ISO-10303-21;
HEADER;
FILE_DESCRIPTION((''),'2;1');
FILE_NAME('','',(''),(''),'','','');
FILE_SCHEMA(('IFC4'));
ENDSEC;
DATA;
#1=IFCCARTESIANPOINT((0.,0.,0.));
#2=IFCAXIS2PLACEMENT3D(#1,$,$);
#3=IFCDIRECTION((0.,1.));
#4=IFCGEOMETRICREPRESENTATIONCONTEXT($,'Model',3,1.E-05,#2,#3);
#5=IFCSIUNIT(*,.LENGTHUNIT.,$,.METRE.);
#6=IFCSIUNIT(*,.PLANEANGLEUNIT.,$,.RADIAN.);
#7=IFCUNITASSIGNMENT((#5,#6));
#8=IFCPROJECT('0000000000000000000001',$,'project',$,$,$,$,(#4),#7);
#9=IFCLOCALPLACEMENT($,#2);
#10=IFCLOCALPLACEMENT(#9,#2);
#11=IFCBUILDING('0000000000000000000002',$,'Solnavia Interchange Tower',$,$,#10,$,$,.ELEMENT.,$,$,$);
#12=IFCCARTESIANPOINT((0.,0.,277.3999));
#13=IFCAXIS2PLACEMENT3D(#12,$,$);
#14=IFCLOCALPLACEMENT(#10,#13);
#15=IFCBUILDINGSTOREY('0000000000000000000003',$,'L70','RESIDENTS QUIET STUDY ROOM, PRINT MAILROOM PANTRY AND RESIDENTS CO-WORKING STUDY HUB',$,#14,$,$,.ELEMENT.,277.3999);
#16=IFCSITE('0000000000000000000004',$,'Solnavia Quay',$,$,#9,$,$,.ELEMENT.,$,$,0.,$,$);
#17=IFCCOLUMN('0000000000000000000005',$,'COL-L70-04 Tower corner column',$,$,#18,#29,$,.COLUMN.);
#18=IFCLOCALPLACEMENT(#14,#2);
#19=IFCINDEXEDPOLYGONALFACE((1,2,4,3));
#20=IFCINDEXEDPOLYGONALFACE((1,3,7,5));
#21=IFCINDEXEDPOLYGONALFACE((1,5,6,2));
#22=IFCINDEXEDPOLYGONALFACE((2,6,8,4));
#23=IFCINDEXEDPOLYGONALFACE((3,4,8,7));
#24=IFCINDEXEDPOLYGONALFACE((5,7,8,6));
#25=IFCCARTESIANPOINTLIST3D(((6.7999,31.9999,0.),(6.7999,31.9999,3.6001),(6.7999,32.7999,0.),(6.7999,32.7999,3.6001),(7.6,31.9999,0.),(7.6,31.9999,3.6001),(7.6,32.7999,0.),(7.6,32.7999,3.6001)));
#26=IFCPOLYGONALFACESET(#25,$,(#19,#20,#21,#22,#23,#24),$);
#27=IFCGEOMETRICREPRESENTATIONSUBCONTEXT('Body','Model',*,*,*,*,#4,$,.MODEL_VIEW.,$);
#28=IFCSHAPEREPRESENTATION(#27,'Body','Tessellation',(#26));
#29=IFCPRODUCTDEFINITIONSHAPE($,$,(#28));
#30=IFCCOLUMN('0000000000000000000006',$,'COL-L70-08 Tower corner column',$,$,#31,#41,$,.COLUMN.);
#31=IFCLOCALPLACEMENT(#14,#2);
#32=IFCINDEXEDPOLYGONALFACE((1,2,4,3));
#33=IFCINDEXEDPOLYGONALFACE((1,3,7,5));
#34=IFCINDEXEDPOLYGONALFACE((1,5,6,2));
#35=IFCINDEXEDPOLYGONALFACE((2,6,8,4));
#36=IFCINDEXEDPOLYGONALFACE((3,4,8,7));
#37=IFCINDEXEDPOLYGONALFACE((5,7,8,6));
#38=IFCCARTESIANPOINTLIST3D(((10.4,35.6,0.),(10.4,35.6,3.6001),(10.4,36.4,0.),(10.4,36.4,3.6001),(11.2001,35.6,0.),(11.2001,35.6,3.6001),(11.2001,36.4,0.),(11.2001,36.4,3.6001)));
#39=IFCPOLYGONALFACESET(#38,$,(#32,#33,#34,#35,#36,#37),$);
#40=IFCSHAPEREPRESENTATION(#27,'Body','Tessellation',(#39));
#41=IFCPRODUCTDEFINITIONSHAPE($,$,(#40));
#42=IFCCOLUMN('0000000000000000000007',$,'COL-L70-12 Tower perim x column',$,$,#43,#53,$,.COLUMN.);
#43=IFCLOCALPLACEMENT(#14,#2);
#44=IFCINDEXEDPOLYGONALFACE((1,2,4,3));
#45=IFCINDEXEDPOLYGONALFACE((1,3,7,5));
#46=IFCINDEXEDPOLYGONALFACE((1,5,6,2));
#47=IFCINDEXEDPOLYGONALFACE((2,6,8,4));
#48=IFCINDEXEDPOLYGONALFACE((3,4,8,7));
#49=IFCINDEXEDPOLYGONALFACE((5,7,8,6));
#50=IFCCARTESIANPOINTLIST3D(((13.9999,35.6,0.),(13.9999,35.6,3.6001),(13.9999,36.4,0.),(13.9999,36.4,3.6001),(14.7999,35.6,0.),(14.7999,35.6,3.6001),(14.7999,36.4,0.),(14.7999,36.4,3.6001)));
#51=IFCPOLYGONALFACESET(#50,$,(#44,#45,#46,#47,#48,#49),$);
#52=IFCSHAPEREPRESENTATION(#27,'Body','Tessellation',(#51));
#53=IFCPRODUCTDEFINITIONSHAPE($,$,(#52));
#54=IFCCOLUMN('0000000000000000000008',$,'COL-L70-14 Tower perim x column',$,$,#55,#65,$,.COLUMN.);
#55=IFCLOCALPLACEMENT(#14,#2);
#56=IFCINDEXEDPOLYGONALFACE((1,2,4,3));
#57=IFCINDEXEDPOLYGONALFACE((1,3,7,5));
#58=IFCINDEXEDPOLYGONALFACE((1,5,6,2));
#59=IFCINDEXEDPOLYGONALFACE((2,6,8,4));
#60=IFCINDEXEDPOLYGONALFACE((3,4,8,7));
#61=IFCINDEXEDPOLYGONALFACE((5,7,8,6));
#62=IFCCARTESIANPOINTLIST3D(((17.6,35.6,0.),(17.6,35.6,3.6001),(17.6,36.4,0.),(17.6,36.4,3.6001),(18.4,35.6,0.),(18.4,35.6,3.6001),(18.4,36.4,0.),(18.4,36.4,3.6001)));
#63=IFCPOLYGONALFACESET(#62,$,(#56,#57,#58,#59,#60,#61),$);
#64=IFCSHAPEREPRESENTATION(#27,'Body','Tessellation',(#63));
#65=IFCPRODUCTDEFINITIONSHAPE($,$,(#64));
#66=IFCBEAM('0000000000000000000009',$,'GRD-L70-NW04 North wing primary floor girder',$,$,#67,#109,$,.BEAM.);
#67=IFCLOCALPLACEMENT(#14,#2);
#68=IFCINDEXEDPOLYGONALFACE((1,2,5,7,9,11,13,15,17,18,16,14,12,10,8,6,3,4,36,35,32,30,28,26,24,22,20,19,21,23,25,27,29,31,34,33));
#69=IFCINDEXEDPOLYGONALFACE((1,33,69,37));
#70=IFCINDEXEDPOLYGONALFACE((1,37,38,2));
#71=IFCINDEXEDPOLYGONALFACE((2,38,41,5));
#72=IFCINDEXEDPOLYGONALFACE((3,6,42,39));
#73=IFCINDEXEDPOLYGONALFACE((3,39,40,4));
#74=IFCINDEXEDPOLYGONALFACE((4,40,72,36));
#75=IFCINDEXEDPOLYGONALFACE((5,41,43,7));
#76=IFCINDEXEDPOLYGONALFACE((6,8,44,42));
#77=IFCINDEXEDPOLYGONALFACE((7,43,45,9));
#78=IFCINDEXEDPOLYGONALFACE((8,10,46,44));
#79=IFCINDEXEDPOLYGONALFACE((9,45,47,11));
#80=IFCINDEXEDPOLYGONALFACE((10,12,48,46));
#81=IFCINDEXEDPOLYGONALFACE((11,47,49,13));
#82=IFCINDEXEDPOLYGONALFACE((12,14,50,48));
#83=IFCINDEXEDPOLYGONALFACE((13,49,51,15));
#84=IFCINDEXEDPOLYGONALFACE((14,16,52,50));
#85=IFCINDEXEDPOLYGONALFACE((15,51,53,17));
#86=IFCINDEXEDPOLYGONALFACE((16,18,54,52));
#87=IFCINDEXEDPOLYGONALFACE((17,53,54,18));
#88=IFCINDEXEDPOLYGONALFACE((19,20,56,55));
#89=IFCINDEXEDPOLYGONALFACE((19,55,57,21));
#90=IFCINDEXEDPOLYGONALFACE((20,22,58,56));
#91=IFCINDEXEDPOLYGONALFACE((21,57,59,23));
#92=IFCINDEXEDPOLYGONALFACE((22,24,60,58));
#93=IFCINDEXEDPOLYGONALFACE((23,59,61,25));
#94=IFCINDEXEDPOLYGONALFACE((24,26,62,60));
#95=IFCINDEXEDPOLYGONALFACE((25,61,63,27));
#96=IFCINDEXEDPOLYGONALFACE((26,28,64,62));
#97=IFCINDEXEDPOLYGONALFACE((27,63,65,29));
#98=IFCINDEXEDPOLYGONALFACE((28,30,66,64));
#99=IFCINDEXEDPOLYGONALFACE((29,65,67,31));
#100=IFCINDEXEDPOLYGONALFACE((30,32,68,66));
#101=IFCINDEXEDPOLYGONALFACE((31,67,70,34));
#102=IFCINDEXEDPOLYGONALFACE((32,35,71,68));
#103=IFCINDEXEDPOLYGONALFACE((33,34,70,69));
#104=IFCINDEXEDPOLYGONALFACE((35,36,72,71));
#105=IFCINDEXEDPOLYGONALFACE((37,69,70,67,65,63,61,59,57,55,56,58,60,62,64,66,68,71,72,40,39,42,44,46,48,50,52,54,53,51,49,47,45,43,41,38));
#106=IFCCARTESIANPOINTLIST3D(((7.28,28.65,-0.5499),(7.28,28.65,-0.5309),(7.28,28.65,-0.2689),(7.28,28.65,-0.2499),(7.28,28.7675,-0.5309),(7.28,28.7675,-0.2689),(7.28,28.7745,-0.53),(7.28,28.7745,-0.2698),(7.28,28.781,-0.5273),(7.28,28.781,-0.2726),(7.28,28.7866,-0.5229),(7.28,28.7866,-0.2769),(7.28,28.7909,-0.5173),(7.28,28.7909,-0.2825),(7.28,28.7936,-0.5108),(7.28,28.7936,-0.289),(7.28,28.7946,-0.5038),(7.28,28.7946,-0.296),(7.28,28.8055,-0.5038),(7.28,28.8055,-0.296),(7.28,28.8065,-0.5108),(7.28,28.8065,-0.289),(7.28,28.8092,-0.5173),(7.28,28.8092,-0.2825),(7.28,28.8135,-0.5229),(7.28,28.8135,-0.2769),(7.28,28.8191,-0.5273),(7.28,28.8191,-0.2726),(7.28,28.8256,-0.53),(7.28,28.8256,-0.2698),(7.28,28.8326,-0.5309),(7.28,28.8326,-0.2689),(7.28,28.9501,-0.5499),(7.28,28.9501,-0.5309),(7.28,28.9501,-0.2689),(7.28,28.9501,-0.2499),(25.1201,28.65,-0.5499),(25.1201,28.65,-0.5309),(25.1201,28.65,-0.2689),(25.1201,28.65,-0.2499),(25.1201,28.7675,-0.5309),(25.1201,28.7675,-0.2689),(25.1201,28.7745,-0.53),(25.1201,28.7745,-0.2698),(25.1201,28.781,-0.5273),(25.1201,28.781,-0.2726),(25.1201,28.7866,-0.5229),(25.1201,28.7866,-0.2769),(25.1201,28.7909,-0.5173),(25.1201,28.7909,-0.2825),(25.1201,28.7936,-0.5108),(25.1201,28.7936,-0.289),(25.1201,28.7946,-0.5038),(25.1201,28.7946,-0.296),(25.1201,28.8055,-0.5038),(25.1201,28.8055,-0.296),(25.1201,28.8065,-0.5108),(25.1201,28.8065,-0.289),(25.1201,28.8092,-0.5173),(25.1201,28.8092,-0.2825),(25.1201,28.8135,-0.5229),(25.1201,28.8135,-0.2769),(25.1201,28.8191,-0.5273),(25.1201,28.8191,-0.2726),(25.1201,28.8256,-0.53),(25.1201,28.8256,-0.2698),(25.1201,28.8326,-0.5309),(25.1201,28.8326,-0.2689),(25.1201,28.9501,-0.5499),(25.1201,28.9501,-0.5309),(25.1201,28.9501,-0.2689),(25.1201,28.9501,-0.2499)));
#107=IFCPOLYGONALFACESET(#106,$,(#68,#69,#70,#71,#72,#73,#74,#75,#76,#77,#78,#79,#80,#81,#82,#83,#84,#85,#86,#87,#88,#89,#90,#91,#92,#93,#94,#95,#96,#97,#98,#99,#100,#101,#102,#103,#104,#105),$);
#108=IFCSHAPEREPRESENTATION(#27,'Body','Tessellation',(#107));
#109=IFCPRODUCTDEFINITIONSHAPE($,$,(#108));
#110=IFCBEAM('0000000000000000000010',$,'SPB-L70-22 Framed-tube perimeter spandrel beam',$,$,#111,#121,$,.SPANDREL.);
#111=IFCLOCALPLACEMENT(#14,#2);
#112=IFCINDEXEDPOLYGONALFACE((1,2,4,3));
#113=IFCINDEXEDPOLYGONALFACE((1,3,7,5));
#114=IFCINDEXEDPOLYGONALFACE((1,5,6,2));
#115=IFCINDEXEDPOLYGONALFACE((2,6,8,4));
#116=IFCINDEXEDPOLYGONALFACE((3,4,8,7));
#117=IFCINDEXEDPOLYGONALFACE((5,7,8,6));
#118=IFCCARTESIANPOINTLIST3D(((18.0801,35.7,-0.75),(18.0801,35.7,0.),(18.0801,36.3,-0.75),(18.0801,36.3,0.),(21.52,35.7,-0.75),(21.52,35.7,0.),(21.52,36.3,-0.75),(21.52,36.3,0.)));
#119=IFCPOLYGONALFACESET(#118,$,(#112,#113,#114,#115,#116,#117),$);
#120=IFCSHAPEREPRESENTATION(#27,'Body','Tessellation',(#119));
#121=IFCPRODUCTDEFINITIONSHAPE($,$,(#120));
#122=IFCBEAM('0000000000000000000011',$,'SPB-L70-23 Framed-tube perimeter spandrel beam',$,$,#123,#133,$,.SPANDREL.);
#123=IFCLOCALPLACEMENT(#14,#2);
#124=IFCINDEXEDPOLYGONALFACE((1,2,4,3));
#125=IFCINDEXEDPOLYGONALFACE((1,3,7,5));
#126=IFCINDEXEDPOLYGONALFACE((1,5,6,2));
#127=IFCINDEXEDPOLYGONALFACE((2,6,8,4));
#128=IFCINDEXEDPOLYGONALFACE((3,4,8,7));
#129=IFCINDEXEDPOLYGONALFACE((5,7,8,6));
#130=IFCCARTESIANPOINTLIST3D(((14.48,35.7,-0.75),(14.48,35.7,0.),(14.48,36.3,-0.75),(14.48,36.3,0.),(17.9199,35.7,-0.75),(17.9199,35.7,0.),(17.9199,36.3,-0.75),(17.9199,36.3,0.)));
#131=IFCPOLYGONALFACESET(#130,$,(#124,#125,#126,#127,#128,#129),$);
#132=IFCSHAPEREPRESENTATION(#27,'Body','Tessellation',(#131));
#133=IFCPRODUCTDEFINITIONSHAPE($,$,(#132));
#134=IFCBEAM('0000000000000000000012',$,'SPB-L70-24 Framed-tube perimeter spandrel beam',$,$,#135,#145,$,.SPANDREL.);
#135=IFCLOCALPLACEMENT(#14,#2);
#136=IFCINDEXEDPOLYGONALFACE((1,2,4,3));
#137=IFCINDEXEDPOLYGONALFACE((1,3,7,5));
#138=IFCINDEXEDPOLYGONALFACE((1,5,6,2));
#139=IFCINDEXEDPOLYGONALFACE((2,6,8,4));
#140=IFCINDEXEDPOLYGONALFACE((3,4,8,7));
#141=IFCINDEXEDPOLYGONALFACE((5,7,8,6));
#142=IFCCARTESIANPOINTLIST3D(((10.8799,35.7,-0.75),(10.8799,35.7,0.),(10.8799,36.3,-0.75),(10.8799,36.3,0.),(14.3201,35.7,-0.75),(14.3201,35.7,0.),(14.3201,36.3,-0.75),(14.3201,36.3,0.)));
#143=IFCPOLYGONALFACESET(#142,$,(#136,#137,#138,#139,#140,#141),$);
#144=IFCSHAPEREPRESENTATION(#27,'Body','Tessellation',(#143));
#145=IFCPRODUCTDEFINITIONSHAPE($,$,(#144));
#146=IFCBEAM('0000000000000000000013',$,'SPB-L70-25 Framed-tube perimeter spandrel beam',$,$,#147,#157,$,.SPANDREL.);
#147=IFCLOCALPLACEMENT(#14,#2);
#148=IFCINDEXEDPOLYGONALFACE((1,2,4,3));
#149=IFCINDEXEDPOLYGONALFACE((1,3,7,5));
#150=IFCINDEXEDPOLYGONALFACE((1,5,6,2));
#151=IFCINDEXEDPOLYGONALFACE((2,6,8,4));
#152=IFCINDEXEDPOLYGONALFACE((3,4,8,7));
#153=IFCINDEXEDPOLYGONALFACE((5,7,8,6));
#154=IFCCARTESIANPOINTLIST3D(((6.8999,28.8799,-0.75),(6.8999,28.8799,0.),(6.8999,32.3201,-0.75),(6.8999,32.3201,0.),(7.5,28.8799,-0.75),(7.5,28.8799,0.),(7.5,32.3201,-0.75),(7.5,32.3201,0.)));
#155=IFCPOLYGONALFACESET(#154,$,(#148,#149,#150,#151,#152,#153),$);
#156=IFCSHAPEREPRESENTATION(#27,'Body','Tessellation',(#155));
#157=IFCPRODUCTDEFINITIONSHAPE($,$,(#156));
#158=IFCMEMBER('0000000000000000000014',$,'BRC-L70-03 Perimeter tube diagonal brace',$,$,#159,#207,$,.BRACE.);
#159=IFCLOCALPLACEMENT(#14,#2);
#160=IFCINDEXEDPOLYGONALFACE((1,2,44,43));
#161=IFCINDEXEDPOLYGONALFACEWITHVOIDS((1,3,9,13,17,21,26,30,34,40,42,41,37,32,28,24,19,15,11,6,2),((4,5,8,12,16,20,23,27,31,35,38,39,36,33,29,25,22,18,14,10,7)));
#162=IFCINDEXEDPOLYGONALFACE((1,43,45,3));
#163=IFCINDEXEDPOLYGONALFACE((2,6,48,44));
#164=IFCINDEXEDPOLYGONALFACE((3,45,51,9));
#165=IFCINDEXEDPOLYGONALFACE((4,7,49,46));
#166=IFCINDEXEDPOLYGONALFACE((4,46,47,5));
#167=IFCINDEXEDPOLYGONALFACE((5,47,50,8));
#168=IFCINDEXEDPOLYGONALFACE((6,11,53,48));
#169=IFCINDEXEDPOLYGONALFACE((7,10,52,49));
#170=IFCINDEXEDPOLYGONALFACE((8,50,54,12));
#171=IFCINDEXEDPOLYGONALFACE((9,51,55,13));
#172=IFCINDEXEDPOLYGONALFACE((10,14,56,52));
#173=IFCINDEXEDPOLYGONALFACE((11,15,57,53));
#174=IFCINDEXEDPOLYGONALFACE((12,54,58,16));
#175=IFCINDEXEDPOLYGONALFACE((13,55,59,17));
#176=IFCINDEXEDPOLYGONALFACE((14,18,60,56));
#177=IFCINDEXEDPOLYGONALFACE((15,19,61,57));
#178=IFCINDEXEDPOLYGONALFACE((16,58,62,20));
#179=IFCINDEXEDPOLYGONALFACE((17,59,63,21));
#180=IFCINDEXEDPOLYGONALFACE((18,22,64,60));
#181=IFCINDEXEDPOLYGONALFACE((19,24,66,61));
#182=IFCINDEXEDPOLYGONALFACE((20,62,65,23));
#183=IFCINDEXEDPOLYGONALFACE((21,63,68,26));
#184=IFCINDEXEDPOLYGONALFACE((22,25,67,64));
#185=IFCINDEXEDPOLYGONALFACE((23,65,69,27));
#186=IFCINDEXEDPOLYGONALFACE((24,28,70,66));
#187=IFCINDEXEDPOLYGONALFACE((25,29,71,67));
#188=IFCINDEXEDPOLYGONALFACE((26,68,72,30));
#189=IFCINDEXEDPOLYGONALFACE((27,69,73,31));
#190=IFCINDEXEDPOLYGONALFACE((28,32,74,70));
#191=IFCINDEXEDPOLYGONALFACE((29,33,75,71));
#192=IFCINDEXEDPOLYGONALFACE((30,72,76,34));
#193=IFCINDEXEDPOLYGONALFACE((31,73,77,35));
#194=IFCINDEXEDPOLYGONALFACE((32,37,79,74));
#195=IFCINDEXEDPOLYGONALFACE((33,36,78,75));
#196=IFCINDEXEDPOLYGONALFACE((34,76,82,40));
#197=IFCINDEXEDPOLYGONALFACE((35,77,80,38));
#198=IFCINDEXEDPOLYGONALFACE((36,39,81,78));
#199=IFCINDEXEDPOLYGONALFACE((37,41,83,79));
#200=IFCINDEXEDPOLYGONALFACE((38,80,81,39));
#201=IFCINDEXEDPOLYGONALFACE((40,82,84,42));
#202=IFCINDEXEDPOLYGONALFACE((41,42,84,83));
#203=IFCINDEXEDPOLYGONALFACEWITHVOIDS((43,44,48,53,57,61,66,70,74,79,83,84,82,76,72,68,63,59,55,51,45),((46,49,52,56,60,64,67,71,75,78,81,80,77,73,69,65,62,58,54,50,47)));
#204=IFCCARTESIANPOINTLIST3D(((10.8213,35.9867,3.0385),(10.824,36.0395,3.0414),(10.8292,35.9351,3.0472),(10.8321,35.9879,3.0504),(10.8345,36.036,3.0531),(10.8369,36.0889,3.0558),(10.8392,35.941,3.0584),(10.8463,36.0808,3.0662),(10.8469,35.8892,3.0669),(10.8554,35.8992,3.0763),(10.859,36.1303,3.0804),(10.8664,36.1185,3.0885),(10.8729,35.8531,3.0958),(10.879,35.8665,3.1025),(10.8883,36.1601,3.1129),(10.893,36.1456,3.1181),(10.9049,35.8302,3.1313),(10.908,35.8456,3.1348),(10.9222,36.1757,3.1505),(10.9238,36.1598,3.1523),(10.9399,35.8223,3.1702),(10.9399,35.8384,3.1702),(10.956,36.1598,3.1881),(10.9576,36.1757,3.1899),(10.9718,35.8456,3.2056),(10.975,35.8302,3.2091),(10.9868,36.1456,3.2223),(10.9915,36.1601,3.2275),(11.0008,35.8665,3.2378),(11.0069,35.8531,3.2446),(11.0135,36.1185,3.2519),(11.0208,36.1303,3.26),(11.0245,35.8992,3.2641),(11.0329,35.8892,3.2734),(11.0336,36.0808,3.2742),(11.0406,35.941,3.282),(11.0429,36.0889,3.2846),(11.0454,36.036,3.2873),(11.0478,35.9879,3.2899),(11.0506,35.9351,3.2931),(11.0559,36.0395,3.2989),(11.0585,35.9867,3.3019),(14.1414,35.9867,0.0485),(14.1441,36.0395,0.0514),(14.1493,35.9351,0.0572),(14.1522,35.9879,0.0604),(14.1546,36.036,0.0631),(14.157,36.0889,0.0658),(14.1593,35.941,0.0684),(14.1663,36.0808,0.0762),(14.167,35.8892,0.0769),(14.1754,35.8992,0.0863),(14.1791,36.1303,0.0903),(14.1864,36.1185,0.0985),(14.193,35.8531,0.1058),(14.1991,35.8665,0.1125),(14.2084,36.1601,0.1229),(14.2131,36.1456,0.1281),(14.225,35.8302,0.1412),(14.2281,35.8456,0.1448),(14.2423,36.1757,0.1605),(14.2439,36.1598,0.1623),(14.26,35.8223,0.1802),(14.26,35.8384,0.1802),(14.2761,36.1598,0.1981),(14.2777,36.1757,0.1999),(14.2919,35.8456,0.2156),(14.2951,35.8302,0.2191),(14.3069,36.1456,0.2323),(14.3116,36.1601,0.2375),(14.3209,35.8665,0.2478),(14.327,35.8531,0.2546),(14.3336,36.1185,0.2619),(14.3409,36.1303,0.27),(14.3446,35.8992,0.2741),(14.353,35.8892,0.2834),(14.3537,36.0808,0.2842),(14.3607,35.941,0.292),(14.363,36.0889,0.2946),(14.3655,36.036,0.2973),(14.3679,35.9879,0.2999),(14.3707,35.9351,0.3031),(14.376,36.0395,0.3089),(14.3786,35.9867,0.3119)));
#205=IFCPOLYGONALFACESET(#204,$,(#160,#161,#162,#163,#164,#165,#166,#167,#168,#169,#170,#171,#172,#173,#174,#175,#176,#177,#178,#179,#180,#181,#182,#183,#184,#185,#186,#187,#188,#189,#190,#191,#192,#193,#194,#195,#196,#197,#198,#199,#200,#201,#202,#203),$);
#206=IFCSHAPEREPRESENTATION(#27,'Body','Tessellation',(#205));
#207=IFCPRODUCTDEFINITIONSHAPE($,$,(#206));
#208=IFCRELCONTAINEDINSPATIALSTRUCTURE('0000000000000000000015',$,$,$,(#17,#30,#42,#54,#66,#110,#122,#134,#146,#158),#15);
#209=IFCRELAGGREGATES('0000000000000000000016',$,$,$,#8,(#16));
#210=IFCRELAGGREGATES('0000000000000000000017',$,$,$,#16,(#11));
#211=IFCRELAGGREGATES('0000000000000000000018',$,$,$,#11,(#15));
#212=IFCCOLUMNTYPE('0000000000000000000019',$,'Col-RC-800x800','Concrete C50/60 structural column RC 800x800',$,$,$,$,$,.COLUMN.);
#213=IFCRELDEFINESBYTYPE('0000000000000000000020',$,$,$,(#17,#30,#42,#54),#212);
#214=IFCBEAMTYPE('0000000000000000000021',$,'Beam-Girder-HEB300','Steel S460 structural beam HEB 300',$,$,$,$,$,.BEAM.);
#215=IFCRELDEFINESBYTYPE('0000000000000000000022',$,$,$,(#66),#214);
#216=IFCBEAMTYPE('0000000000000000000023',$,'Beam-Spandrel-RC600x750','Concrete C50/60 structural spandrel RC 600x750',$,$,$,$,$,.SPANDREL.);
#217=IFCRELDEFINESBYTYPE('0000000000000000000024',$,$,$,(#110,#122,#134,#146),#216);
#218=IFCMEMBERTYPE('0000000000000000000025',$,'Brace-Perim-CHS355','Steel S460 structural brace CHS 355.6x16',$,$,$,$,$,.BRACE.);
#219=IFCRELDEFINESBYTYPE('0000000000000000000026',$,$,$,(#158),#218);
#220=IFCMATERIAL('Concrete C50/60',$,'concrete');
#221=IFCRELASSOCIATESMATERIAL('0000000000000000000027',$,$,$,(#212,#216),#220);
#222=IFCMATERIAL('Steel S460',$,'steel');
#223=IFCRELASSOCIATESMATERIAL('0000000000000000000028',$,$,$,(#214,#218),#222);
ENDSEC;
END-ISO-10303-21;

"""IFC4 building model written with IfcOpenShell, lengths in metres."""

from ifc_helpers import new_model, si_unit, direction, frame, origin, origin_2d, place, context, subcontext, project, spatial, rectangle, hollow_circle, i_section, extrude, material, material_profile, profile_set, type_object, element, save


model = new_model("IFC4")

# Units and contexts
model_context = context("Model", 3, precision=1e-05, world=origin(), true_north=direction((0.0, 1.0)))
body_context = subcontext(model_context, "Body", "Model", "MODEL_VIEW")
ifc_project = project(units=[si_unit("LENGTHUNIT", "METRE"), si_unit("PLANEANGLEUNIT", "RADIAN")], contexts=[model_context])

# Site, building, storey
site_placement = place(None, origin())
site = spatial("IfcSite", under=ifc_project, at=site_placement, Name="Solnavia Quay", CompositionType="ELEMENT", RefElevation=0.0)
building_placement = place(site_placement, origin())
building = spatial("IfcBuilding", under=site, at=building_placement, Name="Solnavia Interchange Tower", CompositionType="ELEMENT")
storey_placement = place(building_placement, frame((0.0, 0.0, 277.3999)))
storey = spatial("IfcBuildingStorey", under=building, at=storey_placement, Name="L70", Description="RESIDENTS QUIET STUDY ROOM, PRINT MAILROOM PANTRY AND RESIDENTS CO-WORKING STUDY HUB", CompositionType="ELEMENT", Elevation=277.3999)

# Columns
ifc_material_1 = material(Name="Concrete C50/60", Category="concrete")
ifc_material_profile_1 = material_profile(ifc_material_1, rectangle(XDim=0.8, YDim=0.8, at=origin_2d()), Name="RC 800x800")
ifc_profile_set_1 = profile_set([ifc_material_profile_1], Name="Concrete C50/60")
column_type = type_object("IfcColumnType", Name="Col-RC-800x800", Description="Concrete C50/60 structural column RC 800x800", PredefinedType="COLUMN", material=ifc_profile_set_1)
for number, where, z_axis, x_axis, name in (
    (1, (7.2, 32.3999, 0.0), (0.0, 0.0, 1.0), (0.0, 1.0, 0.0), "COL-L70-04 Tower corner column"),
    (2, (10.8, 36.0, 0.0), (0.0, 0.0, 1.0), (1.0, 0.0, 0.0), "COL-L70-08 Tower corner column"),
    (3, (14.3999, 36.0, 0.0), (0.0, 0.0, 1.0), (1.0, 0.0, 0.0), "COL-L70-12 Tower perim x column"),
    (4, (18.0, 36.0, 0.0), (0.0, 0.0, 1.0), (1.0, 0.0, 0.0), "COL-L70-14 Tower perim x column"),
):
    element("IfcColumn", number, at=place(storey_placement, frame(where, z_axis=z_axis, x_axis=x_axis)), inside=storey, type_object=column_type, Name=name, PredefinedType="COLUMN", context=body_context, shape_type="SweptSolid", body=[
        extrude(rectangle(XDim=0.8, YDim=0.8, at=origin_2d()), origin(), (0.0, 0.0, 1.0), 3.6001),
    ])

# Beams
ifc_material_2 = material(Name="Steel S460", Category="steel")
ifc_material_profile_2 = material_profile(ifc_material_2, i_section(OverallWidth=0.3, OverallDepth=0.3, WebThickness=0.011, FlangeThickness=0.019, FilletRadius=0.0271, at=origin_2d()), Name="HEB 300")
ifc_profile_set_2 = profile_set([ifc_material_profile_2], Name="Steel S460")
beam_type_1 = type_object("IfcBeamType", Name="Beam-Girder-HEB300", Description="Steel S460 structural beam HEB 300", PredefinedType="BEAM", material=ifc_profile_set_2)
beam_placement = place(storey_placement, frame((7.28, 28.8, -0.3999), z_axis=(1.0, 0.0, 0.0), x_axis=(0.0, 1.0, 0.0)))
element("IfcBeam", 5, at=beam_placement, inside=storey, type_object=beam_type_1, Name="GRD-L70-NW04 North wing primary floor girder", PredefinedType="BEAM", context=body_context, shape_type="SweptSolid", body=[
    extrude(i_section(OverallWidth=0.3, OverallDepth=0.3, WebThickness=0.011, FlangeThickness=0.019, FilletRadius=0.0271, at=origin_2d()), origin(), (0.0, 0.0, 1.0), 17.8401),
])
ifc_material_profile_3 = material_profile(ifc_material_1, rectangle(XDim=0.6001, YDim=0.75, at=origin_2d()), Name="RC 600x750")
ifc_profile_set_3 = profile_set([ifc_material_profile_3], Name="Concrete C50/60")
beam_type_2 = type_object("IfcBeamType", Name="Beam-Spandrel-RC600x750", Description="Concrete C50/60 structural spandrel RC 600x750", PredefinedType="SPANDREL", material=ifc_profile_set_3)
for number, where, z_axis, x_axis, name in (
    (6, (21.52, 36.0, -0.375), (-1.0, 0.0, 0.0), (0.0, -1.0, 0.0), "SPB-L70-22 Framed-tube perimeter spandrel beam"),
    (7, (17.9199, 36.0, -0.375), (-1.0, 0.0, 0.0), (0.0, -1.0, 0.0), "SPB-L70-23 Framed-tube perimeter spandrel beam"),
):
    element("IfcBeam", number, at=place(storey_placement, frame(where, z_axis=z_axis, x_axis=x_axis)), inside=storey, type_object=beam_type_2, Name=name, PredefinedType="SPANDREL", context=body_context, shape_type="SweptSolid", body=[
        extrude(rectangle(XDim=0.6001, YDim=0.75, at=origin_2d()), origin(), (0.0, 0.0, 1.0), 3.4399),
    ])
for number, where, z_axis, x_axis, name in (
    (8, (14.3201, 36.0, -0.375), (-1.0, 0.0, 0.0), (0.0, -1.0, 0.0), "SPB-L70-24 Framed-tube perimeter spandrel beam"),
    (9, (7.2, 32.3201, -0.375), (0.0, -1.0, 0.0), (1.0, 0.0, 0.0), "SPB-L70-25 Framed-tube perimeter spandrel beam"),
):
    element("IfcBeam", number, at=place(storey_placement, frame(where, z_axis=z_axis, x_axis=x_axis)), inside=storey, type_object=beam_type_2, Name=name, PredefinedType="SPANDREL", context=body_context, shape_type="SweptSolid", body=[
        extrude(rectangle(XDim=0.6001, YDim=0.75, at=origin_2d()), origin(), (0.0, 0.0, 1.0), 3.4402),
    ])

# Member
ifc_material_profile_4 = material_profile(ifc_material_2, hollow_circle(Radius=0.1777, WallThickness=0.0161, at=origin_2d()), Name="CHS 355.6x16")
ifc_profile_set_4 = profile_set([ifc_material_profile_4], Name="Steel S460")
member_type = type_object("IfcMemberType", Name="Brace-Perim-CHS355", Description="Steel S460 structural brace CHS 355.6x16", PredefinedType="BRACE", material=ifc_profile_set_4)
member_placement = place(storey_placement, frame((14.26, 36.0, 0.1802), z_axis=(-0.743079, 0.0, 0.669203), x_axis=(0.0, -1.0, 0.0)))
element("IfcMember", 10, at=member_placement, inside=storey, type_object=member_type, Name="BRC-L70-03 Perimeter tube diagonal brace", PredefinedType="BRACE", context=body_context, shape_type="SweptSolid", body=[
    extrude(hollow_circle(Radius=0.1777, WallThickness=0.0161, at=origin_2d()), origin(), (0.0, 0.0, 1.0), 4.468),
])

save(model, "model.ifc")
